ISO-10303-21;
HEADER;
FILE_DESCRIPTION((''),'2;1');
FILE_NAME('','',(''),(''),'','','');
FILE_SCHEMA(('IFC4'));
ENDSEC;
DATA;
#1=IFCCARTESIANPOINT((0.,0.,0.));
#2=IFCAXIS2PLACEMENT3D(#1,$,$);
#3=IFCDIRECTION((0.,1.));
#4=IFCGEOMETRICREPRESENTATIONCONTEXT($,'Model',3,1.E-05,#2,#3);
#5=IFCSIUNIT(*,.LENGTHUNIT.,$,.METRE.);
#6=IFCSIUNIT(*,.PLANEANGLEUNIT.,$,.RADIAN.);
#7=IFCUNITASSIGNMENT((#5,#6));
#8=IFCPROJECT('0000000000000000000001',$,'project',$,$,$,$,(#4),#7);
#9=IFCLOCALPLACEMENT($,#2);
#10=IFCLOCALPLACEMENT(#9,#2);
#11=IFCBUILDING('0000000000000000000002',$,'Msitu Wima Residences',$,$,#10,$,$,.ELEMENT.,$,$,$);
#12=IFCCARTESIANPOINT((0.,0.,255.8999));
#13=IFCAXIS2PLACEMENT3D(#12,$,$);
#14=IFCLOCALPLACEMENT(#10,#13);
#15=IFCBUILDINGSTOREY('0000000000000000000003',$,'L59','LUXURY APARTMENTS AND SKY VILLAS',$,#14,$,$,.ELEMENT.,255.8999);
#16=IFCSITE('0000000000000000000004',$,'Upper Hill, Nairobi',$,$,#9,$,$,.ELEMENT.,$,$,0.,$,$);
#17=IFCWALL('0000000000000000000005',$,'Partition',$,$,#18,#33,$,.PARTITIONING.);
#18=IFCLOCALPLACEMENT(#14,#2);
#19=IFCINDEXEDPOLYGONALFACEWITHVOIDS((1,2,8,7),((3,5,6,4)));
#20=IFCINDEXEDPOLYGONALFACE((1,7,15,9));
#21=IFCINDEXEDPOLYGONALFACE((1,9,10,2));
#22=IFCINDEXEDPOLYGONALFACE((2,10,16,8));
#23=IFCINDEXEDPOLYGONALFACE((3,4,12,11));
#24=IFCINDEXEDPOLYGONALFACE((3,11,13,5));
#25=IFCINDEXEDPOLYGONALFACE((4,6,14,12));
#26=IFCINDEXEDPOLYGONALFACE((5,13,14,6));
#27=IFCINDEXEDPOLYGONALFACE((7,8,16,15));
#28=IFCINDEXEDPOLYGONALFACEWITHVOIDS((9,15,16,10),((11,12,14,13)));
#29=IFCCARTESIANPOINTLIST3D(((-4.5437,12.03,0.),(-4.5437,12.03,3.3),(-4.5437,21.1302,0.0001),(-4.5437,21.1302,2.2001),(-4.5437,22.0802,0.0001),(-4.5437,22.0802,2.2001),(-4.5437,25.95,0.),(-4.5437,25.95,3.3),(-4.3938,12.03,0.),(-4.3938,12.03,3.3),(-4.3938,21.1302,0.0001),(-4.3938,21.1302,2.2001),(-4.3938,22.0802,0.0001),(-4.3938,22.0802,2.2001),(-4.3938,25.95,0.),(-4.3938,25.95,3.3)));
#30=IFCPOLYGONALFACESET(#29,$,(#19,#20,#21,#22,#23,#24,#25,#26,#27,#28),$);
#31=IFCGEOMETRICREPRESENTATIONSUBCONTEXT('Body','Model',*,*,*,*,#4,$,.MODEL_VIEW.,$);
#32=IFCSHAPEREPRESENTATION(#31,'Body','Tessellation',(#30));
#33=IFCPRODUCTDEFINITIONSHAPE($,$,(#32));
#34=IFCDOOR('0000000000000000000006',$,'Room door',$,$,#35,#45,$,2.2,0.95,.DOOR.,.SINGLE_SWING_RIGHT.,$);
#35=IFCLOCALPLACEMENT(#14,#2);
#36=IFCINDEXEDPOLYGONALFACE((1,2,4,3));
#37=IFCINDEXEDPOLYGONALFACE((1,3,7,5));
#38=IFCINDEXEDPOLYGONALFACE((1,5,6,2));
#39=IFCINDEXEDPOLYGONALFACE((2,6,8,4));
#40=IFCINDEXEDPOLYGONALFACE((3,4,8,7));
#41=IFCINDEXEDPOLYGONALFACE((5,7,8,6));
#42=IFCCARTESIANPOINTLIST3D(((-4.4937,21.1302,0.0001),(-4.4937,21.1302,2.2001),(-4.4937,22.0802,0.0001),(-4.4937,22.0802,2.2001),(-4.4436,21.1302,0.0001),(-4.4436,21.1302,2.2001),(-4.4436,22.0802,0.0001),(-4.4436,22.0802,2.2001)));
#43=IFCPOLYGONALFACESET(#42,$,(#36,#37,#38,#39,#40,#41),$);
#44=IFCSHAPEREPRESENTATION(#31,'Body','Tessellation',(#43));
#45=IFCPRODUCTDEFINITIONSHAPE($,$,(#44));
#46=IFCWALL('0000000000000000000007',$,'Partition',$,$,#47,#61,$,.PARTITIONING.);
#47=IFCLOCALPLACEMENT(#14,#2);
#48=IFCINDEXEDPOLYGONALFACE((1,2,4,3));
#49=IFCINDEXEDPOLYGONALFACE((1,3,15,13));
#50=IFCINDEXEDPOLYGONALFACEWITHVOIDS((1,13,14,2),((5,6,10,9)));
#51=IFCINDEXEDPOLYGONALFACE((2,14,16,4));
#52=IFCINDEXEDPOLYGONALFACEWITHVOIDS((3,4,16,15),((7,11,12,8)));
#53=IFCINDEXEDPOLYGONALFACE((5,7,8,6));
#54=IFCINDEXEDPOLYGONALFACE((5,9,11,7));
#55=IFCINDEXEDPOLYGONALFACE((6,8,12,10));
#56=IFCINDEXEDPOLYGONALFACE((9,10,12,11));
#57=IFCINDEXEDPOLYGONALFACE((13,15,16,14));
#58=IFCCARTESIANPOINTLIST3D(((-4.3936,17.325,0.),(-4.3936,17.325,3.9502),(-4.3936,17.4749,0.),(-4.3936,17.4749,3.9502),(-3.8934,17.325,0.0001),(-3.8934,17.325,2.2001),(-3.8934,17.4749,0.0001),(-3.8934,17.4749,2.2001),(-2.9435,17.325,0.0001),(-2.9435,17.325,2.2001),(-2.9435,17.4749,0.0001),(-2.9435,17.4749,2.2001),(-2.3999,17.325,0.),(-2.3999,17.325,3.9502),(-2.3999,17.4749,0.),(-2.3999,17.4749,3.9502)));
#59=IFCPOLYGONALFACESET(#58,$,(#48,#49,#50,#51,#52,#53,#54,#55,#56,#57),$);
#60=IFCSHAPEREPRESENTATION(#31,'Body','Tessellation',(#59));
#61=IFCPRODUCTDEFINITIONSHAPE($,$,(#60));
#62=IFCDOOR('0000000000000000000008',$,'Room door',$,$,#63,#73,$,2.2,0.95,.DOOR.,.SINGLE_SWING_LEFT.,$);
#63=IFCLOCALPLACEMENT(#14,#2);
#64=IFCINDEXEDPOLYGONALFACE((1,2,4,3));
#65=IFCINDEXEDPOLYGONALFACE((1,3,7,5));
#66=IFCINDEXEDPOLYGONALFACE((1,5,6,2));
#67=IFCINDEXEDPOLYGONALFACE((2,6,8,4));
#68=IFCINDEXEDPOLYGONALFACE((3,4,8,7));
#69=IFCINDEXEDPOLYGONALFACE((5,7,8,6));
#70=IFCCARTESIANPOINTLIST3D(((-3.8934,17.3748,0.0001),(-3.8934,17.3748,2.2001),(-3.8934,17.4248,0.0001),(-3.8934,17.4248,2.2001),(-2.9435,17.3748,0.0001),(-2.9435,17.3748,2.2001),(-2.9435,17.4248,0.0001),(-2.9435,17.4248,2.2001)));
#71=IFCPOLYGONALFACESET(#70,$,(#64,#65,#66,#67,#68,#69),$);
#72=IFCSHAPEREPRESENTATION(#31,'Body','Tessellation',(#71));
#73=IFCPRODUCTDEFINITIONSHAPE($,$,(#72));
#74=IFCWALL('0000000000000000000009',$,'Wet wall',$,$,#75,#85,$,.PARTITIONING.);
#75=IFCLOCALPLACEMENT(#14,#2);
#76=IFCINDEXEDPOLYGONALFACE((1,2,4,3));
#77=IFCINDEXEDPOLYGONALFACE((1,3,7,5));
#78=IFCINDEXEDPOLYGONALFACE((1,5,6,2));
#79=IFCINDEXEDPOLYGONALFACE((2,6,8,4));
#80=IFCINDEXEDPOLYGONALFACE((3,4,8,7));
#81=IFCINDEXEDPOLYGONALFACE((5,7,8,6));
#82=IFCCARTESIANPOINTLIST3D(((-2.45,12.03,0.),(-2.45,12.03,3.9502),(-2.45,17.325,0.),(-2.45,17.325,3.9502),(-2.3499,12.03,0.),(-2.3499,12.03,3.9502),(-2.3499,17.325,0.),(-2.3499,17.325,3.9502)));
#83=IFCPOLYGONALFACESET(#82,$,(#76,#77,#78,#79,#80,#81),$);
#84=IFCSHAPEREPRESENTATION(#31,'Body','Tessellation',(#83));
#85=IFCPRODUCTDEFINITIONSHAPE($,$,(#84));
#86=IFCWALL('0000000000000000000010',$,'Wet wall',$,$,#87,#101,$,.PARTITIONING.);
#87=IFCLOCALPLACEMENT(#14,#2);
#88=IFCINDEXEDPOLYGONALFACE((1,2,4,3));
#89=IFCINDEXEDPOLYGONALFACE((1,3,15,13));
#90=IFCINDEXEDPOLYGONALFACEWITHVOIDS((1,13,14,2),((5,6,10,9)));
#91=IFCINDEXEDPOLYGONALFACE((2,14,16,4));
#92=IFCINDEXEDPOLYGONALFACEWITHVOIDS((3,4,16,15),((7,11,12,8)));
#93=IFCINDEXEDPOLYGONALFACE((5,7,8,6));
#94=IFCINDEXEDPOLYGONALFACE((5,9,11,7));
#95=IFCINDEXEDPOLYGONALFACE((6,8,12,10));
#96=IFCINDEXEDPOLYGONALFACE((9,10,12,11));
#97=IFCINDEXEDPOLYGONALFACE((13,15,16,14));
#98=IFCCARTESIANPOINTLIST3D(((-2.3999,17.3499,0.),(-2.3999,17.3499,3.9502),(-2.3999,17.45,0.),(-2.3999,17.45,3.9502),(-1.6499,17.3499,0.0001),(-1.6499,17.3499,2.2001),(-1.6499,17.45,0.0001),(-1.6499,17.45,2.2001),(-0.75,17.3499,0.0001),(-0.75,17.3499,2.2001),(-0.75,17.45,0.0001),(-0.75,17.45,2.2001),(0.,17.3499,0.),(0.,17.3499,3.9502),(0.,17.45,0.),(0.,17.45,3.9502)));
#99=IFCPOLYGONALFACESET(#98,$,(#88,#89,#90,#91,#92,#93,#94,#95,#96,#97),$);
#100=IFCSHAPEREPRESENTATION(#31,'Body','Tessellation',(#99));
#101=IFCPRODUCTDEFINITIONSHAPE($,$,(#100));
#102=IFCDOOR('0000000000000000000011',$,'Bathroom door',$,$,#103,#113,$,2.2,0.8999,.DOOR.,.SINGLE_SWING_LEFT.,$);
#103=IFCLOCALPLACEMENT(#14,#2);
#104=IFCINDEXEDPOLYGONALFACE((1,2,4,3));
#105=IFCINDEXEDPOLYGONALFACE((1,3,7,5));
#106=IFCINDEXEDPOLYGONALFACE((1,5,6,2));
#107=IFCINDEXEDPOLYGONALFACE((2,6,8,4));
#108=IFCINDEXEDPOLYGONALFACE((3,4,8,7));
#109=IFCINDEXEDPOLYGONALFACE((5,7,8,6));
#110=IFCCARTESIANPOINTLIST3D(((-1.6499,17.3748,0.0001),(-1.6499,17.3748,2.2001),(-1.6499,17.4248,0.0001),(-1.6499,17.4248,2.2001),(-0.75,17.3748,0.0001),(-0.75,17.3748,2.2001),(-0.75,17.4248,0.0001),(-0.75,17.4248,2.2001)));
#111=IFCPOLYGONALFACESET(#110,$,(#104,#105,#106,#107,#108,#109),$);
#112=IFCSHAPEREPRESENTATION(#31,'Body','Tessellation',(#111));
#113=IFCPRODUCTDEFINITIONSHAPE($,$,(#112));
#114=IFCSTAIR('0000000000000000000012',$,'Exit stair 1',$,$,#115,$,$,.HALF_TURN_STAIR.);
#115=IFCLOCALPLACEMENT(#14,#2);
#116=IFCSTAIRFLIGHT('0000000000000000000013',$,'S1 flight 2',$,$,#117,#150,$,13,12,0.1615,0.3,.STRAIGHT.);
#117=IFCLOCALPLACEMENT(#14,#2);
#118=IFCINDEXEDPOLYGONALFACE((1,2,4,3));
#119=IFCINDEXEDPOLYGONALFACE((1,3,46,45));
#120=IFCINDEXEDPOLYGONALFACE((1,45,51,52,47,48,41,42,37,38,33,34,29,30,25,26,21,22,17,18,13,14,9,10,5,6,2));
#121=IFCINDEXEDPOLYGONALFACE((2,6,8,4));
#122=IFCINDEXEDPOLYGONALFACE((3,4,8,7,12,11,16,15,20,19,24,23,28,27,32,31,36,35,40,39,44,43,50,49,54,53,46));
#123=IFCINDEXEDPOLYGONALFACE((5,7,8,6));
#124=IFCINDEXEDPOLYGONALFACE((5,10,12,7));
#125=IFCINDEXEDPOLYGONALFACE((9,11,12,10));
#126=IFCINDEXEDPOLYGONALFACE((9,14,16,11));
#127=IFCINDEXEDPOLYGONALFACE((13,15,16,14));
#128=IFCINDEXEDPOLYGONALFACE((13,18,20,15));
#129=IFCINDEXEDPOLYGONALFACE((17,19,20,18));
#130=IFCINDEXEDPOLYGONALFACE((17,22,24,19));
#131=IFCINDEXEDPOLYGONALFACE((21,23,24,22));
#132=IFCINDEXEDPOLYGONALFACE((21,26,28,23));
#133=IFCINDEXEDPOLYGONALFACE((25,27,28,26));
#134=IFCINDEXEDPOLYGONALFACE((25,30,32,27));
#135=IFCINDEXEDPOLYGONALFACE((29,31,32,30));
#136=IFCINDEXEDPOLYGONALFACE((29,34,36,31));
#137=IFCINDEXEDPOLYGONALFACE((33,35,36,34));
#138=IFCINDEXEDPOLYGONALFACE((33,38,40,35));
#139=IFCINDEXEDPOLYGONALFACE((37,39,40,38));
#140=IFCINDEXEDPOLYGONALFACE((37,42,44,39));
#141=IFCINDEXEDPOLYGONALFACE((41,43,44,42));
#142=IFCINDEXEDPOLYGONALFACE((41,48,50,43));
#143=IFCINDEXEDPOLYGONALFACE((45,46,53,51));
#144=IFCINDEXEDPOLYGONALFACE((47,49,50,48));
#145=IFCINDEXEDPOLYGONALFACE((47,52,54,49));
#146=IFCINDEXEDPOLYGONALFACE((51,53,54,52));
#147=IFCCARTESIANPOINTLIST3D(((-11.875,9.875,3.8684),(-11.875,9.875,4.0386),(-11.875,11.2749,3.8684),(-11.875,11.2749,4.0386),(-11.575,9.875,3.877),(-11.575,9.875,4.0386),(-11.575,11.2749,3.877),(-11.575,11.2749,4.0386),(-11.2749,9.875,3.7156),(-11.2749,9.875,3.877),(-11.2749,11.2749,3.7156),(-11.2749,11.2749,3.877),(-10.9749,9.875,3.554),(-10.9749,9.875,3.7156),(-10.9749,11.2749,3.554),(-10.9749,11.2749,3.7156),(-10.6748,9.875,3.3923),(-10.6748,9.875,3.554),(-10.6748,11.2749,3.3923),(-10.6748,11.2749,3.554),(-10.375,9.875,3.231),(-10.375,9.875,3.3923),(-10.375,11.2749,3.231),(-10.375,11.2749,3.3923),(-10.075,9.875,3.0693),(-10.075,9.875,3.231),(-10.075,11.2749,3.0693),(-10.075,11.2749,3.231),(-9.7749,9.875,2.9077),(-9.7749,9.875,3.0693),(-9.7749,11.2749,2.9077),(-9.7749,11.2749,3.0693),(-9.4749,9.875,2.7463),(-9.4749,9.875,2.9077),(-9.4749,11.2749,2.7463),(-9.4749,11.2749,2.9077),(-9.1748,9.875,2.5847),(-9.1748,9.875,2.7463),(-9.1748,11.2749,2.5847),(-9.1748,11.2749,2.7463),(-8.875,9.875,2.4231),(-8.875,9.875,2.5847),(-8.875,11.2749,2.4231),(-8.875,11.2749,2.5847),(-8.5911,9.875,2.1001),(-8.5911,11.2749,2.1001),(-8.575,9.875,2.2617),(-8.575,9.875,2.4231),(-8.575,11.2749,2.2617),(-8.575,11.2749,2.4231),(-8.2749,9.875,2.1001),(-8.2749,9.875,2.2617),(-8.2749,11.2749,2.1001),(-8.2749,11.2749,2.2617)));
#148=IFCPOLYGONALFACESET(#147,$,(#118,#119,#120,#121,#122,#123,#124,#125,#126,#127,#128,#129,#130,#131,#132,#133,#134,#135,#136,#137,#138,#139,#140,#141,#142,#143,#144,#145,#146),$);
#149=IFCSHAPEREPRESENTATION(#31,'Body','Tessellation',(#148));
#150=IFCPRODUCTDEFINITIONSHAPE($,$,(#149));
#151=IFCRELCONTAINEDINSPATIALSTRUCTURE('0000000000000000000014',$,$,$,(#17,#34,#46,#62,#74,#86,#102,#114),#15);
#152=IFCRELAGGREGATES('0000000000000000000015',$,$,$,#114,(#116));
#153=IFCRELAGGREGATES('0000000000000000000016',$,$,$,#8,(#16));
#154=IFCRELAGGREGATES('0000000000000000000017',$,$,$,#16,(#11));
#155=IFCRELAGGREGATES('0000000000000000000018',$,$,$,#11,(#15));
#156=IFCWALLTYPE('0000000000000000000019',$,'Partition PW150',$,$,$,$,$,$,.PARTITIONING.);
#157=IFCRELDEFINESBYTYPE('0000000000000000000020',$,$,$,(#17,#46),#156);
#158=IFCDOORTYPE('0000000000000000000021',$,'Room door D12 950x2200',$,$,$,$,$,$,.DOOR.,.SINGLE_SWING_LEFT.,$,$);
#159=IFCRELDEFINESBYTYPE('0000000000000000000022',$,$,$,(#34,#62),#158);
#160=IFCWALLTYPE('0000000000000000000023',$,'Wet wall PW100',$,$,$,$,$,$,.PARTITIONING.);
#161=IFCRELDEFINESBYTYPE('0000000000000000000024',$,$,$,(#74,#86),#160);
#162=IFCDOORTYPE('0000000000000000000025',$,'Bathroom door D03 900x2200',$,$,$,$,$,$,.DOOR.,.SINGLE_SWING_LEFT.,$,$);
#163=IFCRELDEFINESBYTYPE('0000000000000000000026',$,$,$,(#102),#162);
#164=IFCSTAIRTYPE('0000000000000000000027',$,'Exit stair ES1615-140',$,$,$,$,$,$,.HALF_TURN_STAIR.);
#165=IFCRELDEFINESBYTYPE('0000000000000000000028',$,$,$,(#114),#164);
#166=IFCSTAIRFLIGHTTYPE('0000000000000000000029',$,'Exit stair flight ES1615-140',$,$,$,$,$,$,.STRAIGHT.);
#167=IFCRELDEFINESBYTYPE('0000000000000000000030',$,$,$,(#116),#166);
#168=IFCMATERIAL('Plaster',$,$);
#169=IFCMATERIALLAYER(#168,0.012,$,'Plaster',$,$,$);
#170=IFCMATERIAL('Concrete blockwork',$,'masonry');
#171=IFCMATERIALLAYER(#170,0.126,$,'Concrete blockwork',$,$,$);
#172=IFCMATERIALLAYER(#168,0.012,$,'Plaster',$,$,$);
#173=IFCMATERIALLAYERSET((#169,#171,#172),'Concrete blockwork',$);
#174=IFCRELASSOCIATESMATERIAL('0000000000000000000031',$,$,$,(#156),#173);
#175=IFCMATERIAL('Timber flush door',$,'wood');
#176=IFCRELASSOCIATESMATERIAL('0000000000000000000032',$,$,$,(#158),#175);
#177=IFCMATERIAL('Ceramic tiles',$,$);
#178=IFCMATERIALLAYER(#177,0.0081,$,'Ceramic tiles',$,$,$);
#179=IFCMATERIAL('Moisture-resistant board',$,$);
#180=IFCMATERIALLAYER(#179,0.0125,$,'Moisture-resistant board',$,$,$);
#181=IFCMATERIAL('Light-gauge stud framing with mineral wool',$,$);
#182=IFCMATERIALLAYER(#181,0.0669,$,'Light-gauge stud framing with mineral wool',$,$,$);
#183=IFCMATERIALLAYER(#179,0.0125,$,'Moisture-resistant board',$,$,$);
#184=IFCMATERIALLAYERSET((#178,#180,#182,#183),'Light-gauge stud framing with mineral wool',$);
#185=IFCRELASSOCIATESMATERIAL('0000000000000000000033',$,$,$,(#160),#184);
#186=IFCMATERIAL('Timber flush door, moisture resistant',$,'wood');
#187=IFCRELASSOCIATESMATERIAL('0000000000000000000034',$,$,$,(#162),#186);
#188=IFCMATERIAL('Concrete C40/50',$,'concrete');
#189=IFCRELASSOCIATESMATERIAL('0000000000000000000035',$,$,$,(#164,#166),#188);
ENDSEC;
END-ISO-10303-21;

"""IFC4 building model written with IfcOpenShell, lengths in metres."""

from ifc_helpers import new_model, si_unit, direction, frame, frame_2d, origin, place, context, subcontext, project, spatial, polyline, rectangle, outline, extrude, material, layer, layer_set, type_object, element, fill, aggregate, save


model = new_model("IFC4")

# Units and contexts
model_context = context("Model", 3, precision=1e-05, world=origin(), true_north=direction((0.0, 1.0)))
body_context = subcontext(model_context, "Body", "Model", "MODEL_VIEW")
ifc_project = project(units=[si_unit("LENGTHUNIT", "METRE"), si_unit("PLANEANGLEUNIT", "RADIAN")], contexts=[model_context])

# Site, building, storey
site_placement = place(None, origin())
site = spatial("IfcSite", under=ifc_project, at=site_placement, Name="Upper Hill, Nairobi", CompositionType="ELEMENT", RefElevation=0.0)
building_placement = place(site_placement, origin())
building = spatial("IfcBuilding", under=site, at=building_placement, Name="Msitu Wima Residences", CompositionType="ELEMENT")
storey_placement = place(building_placement, frame((0.0, 0.0, 255.8999)))
storey = spatial("IfcBuildingStorey", under=building, at=storey_placement, Name="L59", Description="LUXURY APARTMENTS AND SKY VILLAS", CompositionType="ELEMENT", Elevation=255.8999)

# Shared definitions
ifc_material_1 = material(Name="Concrete C40/50", Category="concrete")

# Walls, openings, doors
ifc_material_2 = material(Name="Plaster")
ifc_layer_1 = layer(ifc_material_2, 0.012, Name="Plaster")
ifc_material_3 = material(Name="Concrete blockwork", Category="masonry")
ifc_layer_2 = layer(ifc_material_3, 0.126, Name="Concrete blockwork")
ifc_layer_3 = layer(ifc_material_2, 0.012, Name="Plaster")
ifc_layer_set_1 = layer_set([ifc_layer_1, ifc_layer_2, ifc_layer_3], Name="Concrete blockwork")
wall_type_1 = type_object("IfcWallType", Name="Partition PW150", PredefinedType="PARTITIONING", material=ifc_layer_set_1)
ifc_material_4 = material(Name="Timber flush door", Category="wood")
door_type_1 = type_object("IfcDoorType", Name="Room door D12 950x2200", OperationType="SINGLE_SWING_LEFT", PredefinedType="DOOR", material=ifc_material_4)
wall_1_placement = place(storey_placement, frame((-4.4688, 12.03, 0.0), z_axis=(0.0, 0.0, 1.0), x_axis=(0.0, 1.0, 0.0)))
wall_1 = element("IfcWall", 1, at=wall_1_placement, inside=storey, type_object=wall_type_1, Name="Partition", PredefinedType="PARTITIONING", context=body_context, shape_type="SweptSolid", body=[
    extrude(rectangle(XDim=13.9199, YDim=0.1499, at=frame_2d((6.96, 0.0))), origin(), (0.0, 0.0, 1.0), 3.3),
])
opening_1_placement = place(wall_1_placement, frame((9.1001, 0.0, 0.0)))
opening_1 = element("IfcOpeningElement", 2, at=opening_1_placement, cuts=wall_1, PredefinedType="OPENING", context=body_context, shape_type="SweptSolid", body=[
    extrude(rectangle(XDim=0.95, YDim=2.2, at=frame_2d((0.4751, 1.1001))), frame((0.0, 0.085, 0.0), z_axis=(0.0, -1.0, 0.0), x_axis=(1.0, 0.0, 0.0)), (0.0, 0.0, 1.0), 0.1699),
])
door_1_placement = place(opening_1_placement, origin())
door_1 = element("IfcDoor", 3, at=door_1_placement, inside=storey, type_object=door_type_1, Name="Room door", OperationType="SINGLE_SWING_RIGHT", OverallHeight=2.2, OverallWidth=0.95, PredefinedType="DOOR", context=body_context, shape_type="SweptSolid", body=[
    extrude(rectangle(XDim=0.95, YDim=2.2, at=frame_2d((0.4751, 1.1001))), frame((0.0, 0.0249, 0.0), z_axis=(0.0, -1.0, 0.0), x_axis=(1.0, 0.0, 0.0)), (0.0, 0.0, 1.0), 0.05),
])
fill(opening_1, door_1)
wall_2_placement = place(storey_placement, frame((-4.3936, 17.3999, 0.0), z_axis=(0.0, 0.0, 1.0), x_axis=(1.0, 0.0, 0.0)))
wall_2 = element("IfcWall", 4, at=wall_2_placement, inside=storey, type_object=wall_type_1, Name="Partition", PredefinedType="PARTITIONING", context=body_context, shape_type="SweptSolid", body=[
    extrude(rectangle(XDim=1.9937, YDim=0.1499, at=frame_2d((0.9968, 0.0))), origin(), (0.0, 0.0, 1.0), 3.9502),
])
opening_2_placement = place(wall_2_placement, frame((0.5, 0.0, 0.0)))
opening_2 = element("IfcOpeningElement", 5, at=opening_2_placement, cuts=wall_2, PredefinedType="OPENING", context=body_context, shape_type="SweptSolid", body=[
    extrude(rectangle(XDim=0.95, YDim=2.2, at=frame_2d((0.4751, 1.1001))), frame((0.0, 0.085, 0.0), z_axis=(0.0, -1.0, 0.0), x_axis=(1.0, 0.0, 0.0)), (0.0, 0.0, 1.0), 0.1699),
])
door_2_placement = place(opening_2_placement, origin())
door_2 = element("IfcDoor", 6, at=door_2_placement, inside=storey, type_object=door_type_1, Name="Room door", OperationType="SINGLE_SWING_LEFT", OverallHeight=2.2, OverallWidth=0.95, PredefinedType="DOOR", context=body_context, shape_type="SweptSolid", body=[
    extrude(rectangle(XDim=0.95, YDim=2.2, at=frame_2d((0.4751, 1.1001))), frame((0.0, 0.0249, 0.0), z_axis=(0.0, -1.0, 0.0), x_axis=(1.0, 0.0, 0.0)), (0.0, 0.0, 1.0), 0.05),
])
fill(opening_2, door_2)

# Wall
ifc_material_5 = material(Name="Ceramic tiles")
ifc_layer_4 = layer(ifc_material_5, 0.0081, Name="Ceramic tiles")
ifc_material_6 = material(Name="Moisture-resistant board")
ifc_layer_5 = layer(ifc_material_6, 0.0125, Name="Moisture-resistant board")
ifc_material_7 = material(Name="Light-gauge stud framing with mineral wool")
ifc_layer_6 = layer(ifc_material_7, 0.0669, Name="Light-gauge stud framing with mineral wool")
ifc_layer_7 = layer(ifc_material_6, 0.0125, Name="Moisture-resistant board")
ifc_layer_set_2 = layer_set([ifc_layer_4, ifc_layer_5, ifc_layer_6, ifc_layer_7], Name="Light-gauge stud framing with mineral wool")
wall_type_2 = type_object("IfcWallType", Name="Wet wall PW100", PredefinedType="PARTITIONING", material=ifc_layer_set_2)
wall_3_placement = place(storey_placement, frame((-2.3999, 12.03, 0.0), z_axis=(0.0, 0.0, 1.0), x_axis=(0.0, 1.0, 0.0)))
element("IfcWall", 7, at=wall_3_placement, inside=storey, type_object=wall_type_2, Name="Wet wall", PredefinedType="PARTITIONING", context=body_context, shape_type="SweptSolid", body=[
    extrude(rectangle(XDim=5.2949, YDim=0.1001, at=frame_2d((2.6475, 0.0))), origin(), (0.0, 0.0, 1.0), 3.9502),
])

# Wall, opening, door
wall_4_placement = place(storey_placement, frame((-2.3999, 17.3999, 0.0), z_axis=(0.0, 0.0, 1.0), x_axis=(1.0, 0.0, 0.0)))
wall_4 = element("IfcWall", 8, at=wall_4_placement, inside=storey, type_object=wall_type_2, Name="Wet wall", PredefinedType="PARTITIONING", context=body_context, shape_type="SweptSolid", body=[
    extrude(rectangle(XDim=2.3999, YDim=0.1001, at=frame_2d((1.2, 0.0))), origin(), (0.0, 0.0, 1.0), 3.9502),
])
opening_3_placement = place(wall_4_placement, frame((0.75, 0.0, 0.0)))
opening_3 = element("IfcOpeningElement", 9, at=opening_3_placement, cuts=wall_4, PredefinedType="OPENING", context=body_context, shape_type="SweptSolid", body=[
    extrude(rectangle(XDim=0.8999, YDim=2.2, at=frame_2d((0.45, 1.1001))), frame((0.0, 0.0601, 0.0), z_axis=(0.0, -1.0, 0.0), x_axis=(1.0, 0.0, 0.0)), (0.0, 0.0, 1.0), 0.1201),
])
ifc_material_8 = material(Name="Timber flush door, moisture resistant", Category="wood")
door_type_2 = type_object("IfcDoorType", Name="Bathroom door D03 900x2200", OperationType="SINGLE_SWING_LEFT", PredefinedType="DOOR", material=ifc_material_8)
door_3_placement = place(opening_3_placement, origin())
door_3 = element("IfcDoor", 10, at=door_3_placement, inside=storey, type_object=door_type_2, Name="Bathroom door", OperationType="SINGLE_SWING_LEFT", OverallHeight=2.2, OverallWidth=0.8999, PredefinedType="DOOR", context=body_context, shape_type="SweptSolid", body=[
    extrude(rectangle(XDim=0.8999, YDim=2.2, at=frame_2d((0.45, 1.1001))), frame((0.0, 0.0249, 0.0), z_axis=(0.0, -1.0, 0.0), x_axis=(1.0, 0.0, 0.0)), (0.0, 0.0, 1.0), 0.05),
])
fill(opening_3, door_3)

# Stair, stair flight
stair_type = type_object("IfcStairType", Name="Exit stair ES1615-140", PredefinedType="HALF_TURN_STAIR", material=ifc_material_1)
stair_placement = place(storey_placement, origin())
stair = element("IfcStair", 11, at=stair_placement, inside=storey, type_object=stair_type, Name="Exit stair 1", PredefinedType="HALF_TURN_STAIR")
stair_flight_type = type_object("IfcStairFlightType", Name="Exit stair flight ES1615-140", PredefinedType="STRAIGHT", material=ifc_material_1)
stair_flight_placement = place(storey_placement, frame((-8.2749, 10.575, 2.1001), z_axis=(0.0, 0.0, 1.0), x_axis=(-1.0, 0.0, 0.0)))
stair_flight = element("IfcStairFlight", 12, at=stair_flight_placement, type_object=stair_flight_type, Name="S1 flight 2", NumberOfRisers=13, NumberOfTreads=12, PredefinedType="STRAIGHT", RiserHeight=0.1615, TreadLength=0.3, context=body_context, shape_type="SweptSolid", body=[
    extrude(outline(polyline([(0.0, 0.0), (0.0, 0.1616), (0.3, 0.1616), (0.3, 0.323), (0.6001, 0.323), (0.6001, 0.4846), (0.8999, 0.4846), (0.8999, 0.6462), (1.2, 0.6462), (1.2, 0.8076), (1.5, 0.8076), (1.5, 0.9692), (1.8, 0.9692), (1.8, 1.1309), (2.1001, 1.1309), (2.1001, 1.2922), (2.3999, 1.2922), (2.3999, 1.4539), (2.7, 1.4539), (2.7, 1.6155), (3.0, 1.6155), (3.0, 1.7769), (3.3, 1.7769), (3.3, 1.9385), (3.6001, 1.9385), (3.6001, 2.1001), (3.6001, 1.7683), (0.3162, 0.0), (0.0, 0.0)])), frame((0.0, 0.7, 0.0), z_axis=(0.0, -1.0, 0.0), x_axis=(1.0, 0.0, 0.0)), (0.0, 0.0, 1.0), 1.3999),
])
aggregate(stair, [stair_flight])

save(model, "model.ifc")
